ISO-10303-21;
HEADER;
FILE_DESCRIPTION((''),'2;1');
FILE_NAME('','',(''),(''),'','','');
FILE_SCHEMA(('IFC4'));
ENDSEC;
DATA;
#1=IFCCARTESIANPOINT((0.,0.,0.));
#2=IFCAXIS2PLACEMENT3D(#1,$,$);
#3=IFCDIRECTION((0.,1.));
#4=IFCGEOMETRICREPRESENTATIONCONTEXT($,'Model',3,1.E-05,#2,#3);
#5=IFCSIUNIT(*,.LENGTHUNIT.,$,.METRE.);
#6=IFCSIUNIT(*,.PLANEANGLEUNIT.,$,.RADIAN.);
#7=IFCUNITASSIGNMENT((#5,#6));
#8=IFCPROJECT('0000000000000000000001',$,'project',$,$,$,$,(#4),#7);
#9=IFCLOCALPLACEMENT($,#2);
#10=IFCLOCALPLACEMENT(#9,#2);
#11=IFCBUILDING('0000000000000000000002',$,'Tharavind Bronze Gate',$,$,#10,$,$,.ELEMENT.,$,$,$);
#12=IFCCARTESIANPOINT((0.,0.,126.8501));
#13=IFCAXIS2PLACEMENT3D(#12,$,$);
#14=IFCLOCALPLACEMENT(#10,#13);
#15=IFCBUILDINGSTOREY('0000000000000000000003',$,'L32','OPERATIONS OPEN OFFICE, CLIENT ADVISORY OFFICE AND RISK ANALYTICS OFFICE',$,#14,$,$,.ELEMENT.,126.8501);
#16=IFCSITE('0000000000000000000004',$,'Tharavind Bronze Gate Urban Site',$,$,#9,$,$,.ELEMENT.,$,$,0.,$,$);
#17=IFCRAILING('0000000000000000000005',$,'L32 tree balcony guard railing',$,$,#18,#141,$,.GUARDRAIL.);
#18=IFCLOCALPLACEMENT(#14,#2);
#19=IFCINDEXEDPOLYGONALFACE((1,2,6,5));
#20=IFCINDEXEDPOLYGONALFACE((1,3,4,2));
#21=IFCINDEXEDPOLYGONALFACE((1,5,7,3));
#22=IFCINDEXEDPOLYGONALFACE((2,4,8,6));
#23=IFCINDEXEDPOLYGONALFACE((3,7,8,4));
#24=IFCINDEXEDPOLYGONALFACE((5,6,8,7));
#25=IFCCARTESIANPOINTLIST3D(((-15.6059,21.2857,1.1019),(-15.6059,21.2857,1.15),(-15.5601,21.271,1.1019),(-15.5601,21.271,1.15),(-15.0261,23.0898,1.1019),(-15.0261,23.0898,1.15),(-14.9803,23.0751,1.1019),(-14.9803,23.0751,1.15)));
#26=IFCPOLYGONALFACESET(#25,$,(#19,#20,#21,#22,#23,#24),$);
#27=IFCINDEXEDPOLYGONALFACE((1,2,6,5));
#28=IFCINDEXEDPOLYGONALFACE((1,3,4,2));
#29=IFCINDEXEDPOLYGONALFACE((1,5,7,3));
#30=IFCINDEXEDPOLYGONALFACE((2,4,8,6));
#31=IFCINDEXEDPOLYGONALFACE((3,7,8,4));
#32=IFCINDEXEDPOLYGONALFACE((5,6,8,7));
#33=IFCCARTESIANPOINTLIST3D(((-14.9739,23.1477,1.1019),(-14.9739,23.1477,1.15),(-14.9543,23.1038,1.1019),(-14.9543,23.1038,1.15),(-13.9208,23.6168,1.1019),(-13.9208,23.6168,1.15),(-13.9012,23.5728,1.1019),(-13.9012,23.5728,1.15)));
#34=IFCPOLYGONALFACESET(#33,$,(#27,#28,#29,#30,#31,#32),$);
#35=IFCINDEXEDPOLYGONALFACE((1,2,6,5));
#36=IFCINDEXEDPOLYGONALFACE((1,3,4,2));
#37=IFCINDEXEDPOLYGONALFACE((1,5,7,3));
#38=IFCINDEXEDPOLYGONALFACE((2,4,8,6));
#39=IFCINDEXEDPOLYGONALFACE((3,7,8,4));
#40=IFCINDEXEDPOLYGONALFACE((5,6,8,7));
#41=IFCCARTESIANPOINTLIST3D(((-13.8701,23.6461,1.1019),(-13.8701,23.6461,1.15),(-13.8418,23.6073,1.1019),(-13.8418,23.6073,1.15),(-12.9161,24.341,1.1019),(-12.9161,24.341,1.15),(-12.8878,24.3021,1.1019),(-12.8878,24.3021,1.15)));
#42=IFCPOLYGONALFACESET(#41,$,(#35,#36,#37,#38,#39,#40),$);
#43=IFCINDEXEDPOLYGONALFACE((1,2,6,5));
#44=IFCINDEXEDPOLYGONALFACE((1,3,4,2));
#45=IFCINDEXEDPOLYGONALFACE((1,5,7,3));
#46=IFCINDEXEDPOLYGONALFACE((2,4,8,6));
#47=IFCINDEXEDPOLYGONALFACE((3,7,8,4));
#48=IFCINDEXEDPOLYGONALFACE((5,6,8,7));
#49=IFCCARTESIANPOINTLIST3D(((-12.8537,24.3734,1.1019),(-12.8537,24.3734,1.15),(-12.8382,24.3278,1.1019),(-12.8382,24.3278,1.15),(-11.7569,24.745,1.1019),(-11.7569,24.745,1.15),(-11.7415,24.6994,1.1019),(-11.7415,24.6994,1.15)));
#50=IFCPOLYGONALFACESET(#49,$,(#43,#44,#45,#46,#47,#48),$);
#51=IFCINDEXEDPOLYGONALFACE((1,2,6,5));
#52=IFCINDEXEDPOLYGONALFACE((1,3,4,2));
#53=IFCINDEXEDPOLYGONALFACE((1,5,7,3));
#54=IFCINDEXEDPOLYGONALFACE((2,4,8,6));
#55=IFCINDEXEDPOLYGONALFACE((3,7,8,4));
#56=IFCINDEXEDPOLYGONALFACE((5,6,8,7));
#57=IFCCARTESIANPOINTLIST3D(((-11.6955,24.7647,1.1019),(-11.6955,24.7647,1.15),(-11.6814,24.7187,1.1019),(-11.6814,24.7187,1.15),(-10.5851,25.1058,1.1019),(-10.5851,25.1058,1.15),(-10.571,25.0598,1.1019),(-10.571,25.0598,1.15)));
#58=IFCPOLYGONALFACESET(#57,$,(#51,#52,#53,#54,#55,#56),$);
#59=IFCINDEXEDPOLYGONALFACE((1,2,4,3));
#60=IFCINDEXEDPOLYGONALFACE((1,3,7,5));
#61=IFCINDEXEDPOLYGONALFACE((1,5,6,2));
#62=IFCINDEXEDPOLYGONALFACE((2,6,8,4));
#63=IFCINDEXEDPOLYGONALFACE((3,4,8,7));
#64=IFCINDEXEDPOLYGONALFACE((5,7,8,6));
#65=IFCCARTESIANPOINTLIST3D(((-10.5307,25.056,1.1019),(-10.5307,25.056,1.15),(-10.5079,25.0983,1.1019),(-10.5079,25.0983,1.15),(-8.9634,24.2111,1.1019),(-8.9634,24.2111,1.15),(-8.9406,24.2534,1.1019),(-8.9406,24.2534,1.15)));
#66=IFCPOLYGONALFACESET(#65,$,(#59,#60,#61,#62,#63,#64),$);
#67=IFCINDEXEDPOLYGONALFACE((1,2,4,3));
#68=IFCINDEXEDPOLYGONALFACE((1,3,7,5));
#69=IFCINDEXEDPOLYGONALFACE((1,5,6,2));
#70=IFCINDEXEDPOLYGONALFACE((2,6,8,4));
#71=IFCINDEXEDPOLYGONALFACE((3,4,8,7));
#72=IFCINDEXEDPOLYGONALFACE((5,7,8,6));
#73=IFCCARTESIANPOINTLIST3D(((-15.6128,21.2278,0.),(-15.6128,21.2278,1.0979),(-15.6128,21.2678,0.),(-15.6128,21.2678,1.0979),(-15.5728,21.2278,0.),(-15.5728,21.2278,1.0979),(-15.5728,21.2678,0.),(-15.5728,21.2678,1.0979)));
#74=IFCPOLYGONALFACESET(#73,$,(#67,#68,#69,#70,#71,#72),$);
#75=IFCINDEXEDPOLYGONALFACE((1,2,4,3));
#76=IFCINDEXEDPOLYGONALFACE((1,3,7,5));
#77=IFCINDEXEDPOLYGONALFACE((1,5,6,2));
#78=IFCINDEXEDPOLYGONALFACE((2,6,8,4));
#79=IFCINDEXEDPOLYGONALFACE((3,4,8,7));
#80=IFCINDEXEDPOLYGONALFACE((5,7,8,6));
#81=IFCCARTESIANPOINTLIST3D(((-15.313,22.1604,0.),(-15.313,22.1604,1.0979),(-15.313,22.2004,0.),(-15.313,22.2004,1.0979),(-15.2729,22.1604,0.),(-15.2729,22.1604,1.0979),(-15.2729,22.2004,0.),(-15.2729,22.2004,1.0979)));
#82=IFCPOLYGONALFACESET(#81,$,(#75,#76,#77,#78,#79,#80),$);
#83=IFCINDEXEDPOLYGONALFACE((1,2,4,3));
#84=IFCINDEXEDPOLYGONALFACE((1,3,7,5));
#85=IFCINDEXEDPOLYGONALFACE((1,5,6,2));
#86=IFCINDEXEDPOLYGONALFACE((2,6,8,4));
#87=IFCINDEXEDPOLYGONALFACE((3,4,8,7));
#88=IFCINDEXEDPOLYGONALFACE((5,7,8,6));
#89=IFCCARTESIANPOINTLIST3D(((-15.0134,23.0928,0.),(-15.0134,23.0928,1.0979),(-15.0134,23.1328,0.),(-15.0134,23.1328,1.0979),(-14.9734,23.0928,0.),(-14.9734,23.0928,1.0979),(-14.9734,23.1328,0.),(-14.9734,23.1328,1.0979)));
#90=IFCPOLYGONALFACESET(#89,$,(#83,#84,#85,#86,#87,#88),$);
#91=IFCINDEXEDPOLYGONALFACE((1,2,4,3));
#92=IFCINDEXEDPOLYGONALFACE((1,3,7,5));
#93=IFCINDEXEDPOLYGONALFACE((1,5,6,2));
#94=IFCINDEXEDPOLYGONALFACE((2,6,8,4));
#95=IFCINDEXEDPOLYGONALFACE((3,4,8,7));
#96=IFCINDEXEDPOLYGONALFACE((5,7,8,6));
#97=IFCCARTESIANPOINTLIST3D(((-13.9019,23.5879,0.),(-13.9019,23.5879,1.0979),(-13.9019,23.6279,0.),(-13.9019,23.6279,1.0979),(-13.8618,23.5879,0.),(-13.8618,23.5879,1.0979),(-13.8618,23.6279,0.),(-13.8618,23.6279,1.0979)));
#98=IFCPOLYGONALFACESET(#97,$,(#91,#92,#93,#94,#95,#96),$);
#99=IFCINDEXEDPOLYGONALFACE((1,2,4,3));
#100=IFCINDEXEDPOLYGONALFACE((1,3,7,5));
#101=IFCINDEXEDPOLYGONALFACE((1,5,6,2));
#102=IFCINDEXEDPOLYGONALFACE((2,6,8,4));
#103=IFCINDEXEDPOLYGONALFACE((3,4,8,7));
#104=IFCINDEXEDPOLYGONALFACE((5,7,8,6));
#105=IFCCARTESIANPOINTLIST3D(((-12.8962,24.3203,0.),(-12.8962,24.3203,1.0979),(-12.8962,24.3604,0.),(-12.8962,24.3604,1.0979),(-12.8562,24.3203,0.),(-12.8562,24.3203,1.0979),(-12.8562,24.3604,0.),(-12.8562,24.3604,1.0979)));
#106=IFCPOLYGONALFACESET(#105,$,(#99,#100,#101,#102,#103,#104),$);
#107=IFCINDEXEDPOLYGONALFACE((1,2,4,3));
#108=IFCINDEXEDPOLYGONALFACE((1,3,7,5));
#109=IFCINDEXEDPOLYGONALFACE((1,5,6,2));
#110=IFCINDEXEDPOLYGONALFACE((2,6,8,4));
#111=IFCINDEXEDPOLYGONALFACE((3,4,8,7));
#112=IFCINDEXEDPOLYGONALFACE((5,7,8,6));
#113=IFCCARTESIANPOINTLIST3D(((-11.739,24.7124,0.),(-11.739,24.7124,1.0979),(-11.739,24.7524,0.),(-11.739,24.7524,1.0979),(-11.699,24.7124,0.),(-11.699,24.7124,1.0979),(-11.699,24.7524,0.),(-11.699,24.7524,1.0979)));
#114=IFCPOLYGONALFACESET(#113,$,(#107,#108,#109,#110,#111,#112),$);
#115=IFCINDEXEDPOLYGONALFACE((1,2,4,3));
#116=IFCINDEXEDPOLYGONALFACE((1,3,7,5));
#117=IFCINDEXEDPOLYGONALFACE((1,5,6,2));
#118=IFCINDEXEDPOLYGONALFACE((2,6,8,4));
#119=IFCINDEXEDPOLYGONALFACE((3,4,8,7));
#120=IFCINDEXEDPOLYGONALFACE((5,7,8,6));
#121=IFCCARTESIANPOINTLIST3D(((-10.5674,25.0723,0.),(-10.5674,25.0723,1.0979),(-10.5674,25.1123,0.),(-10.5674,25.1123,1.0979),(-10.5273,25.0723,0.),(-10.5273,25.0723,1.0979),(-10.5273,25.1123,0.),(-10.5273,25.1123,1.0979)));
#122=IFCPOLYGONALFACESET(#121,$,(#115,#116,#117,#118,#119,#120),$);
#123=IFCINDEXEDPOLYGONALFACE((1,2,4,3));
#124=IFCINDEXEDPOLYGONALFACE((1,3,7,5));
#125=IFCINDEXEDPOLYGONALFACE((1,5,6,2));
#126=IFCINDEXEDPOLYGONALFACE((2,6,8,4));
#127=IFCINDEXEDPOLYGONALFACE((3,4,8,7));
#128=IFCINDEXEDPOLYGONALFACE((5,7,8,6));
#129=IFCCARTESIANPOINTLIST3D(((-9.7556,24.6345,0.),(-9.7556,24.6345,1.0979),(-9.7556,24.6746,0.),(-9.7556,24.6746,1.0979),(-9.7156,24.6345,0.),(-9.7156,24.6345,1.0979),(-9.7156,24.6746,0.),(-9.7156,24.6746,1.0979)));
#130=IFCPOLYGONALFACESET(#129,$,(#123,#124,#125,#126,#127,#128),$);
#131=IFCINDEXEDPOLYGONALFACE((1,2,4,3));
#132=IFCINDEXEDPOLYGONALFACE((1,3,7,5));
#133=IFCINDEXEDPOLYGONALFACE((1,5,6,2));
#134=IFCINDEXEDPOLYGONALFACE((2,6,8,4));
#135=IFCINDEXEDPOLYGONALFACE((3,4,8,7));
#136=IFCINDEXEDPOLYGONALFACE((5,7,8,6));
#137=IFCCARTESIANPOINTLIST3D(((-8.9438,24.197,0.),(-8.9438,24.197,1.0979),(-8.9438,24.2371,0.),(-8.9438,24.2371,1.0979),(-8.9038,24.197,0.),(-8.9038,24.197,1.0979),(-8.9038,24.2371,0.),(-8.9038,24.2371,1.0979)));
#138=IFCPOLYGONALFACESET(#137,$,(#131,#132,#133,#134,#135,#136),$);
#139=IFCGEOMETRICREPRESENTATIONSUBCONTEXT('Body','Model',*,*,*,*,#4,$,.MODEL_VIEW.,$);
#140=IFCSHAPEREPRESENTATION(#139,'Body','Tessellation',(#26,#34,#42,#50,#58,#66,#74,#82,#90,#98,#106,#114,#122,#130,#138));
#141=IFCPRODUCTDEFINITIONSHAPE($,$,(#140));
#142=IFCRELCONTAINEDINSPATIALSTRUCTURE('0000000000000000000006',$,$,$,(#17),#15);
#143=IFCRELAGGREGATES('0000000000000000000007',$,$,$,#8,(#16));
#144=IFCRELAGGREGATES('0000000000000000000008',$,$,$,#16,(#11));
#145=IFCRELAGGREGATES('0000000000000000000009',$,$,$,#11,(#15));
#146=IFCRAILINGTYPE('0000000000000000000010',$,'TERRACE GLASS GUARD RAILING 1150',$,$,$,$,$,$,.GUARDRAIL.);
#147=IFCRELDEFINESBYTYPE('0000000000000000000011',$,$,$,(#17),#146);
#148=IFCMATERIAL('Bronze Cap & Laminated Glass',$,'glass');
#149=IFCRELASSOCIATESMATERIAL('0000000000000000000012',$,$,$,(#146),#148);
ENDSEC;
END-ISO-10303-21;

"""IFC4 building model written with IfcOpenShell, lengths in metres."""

from ifc_helpers import new_model, si_unit, direction, frame, origin, origin_2d, place, context, subcontext, project, spatial, rectangle, extrude, material, type_object, element, save


model = new_model("IFC4")

# Units and contexts
model_context = context("Model", 3, precision=1e-05, world=origin(), true_north=direction((0.0, 1.0)))
body_context = subcontext(model_context, "Body", "Model", "MODEL_VIEW")
ifc_project = project(units=[si_unit("LENGTHUNIT", "METRE"), si_unit("PLANEANGLEUNIT", "RADIAN")], contexts=[model_context])

# Site, building, storey
site_placement = place(None, origin())
site = spatial("IfcSite", under=ifc_project, at=site_placement, Name="Tharavind Bronze Gate Urban Site", CompositionType="ELEMENT", RefElevation=0.0)
building_placement = place(site_placement, origin())
building = spatial("IfcBuilding", under=site, at=building_placement, Name="Tharavind Bronze Gate", CompositionType="ELEMENT")
storey_placement = place(building_placement, frame((0.0, 0.0, 126.8501)))
storey = spatial("IfcBuildingStorey", under=building, at=storey_placement, Name="L32", Description="OPERATIONS OPEN OFFICE, CLIENT ADVISORY OFFICE AND RISK ANALYTICS OFFICE", CompositionType="ELEMENT", Elevation=126.8501)

# Railing
ifc_material_1 = material(Name="Bronze Cap & Laminated Glass", Category="glass")
railing_type = type_object("IfcRailingType", Name="TERRACE GLASS GUARD RAILING 1150", PredefinedType="GUARDRAIL", material=ifc_material_1)
railing_placement = place(storey_placement, frame((-15.5928, 21.2478, 0.0)))
element("IfcRailing", 1, at=railing_placement, inside=storey, type_object=railing_type, Name="L32 tree balcony guard railing", PredefinedType="GUARDRAIL", context=body_context, shape_type="SweptSolid", body=[
    extrude(rectangle(XDim=0.0481, YDim=0.0481, at=origin_2d()), frame((0.0098, 0.0305, 1.126), z_axis=(0.305965, 0.952043, 0.0), x_axis=(-0.952043, 0.305965, 0.0)), (0.0, 0.0, 1.0), 1.895),
    extrude(rectangle(XDim=0.0481, YDim=0.0481, at=origin_2d()), frame((0.6287, 1.8779, 1.126), z_axis=(0.91348, 0.406883, 0.0), x_axis=(-0.406883, 0.91348, 0.0)), (0.0, 0.0, 1.0), 1.1528),
    extrude(rectangle(XDim=0.0481, YDim=0.0481, at=origin_2d()), frame((1.7368, 2.3789, 1.126), z_axis=(0.808329, 0.588732, 0.0), x_axis=(-0.588732, 0.808329, 0.0)), (0.0, 0.0, 1.0), 1.1802),
    extrude(rectangle(XDim=0.0481, YDim=0.0481, at=origin_2d()), frame((2.7468, 3.1028, 1.126), z_axis=(0.947113, 0.3209, 0.0), x_axis=(-0.3209, 0.947113, 0.0)), (0.0, 0.0, 1.0), 1.158),
    extrude(rectangle(XDim=0.0481, YDim=0.0481, at=origin_2d()), frame((3.9043, 3.4939, 1.126), z_axis=(0.955925, 0.29361, 0.0), x_axis=(-0.29361, 0.955925, 0.0)), (0.0, 0.0, 1.0), 1.1616),
    extrude(rectangle(XDim=0.0481, YDim=0.0481, at=origin_2d()), frame((5.0735, 3.8293, 1.126), z_axis=(0.880237, -0.474534, 0.0), x_axis=(0.474534, 0.880237, 0.0)), (0.0, 0.0, 1.0), 1.7805),
    extrude(rectangle(XDim=0.04, YDim=0.04, at=origin_2d()), origin(), (0.0, 0.0, 1.0), 1.0979),
    extrude(rectangle(XDim=0.04, YDim=0.04, at=origin_2d()), frame((0.2998, 0.9326, 0.0)), (0.0, 0.0, 1.0), 1.0979),
    extrude(rectangle(XDim=0.04, YDim=0.04, at=origin_2d()), frame((0.5994, 1.865, 0.0)), (0.0, 0.0, 1.0), 1.0979),
    extrude(rectangle(XDim=0.04, YDim=0.04, at=origin_2d()), frame((1.7109, 2.3601, 0.0)), (0.0, 0.0, 1.0), 1.0979),
    extrude(rectangle(XDim=0.04, YDim=0.04, at=origin_2d()), frame((2.7166, 3.0925, 0.0)), (0.0, 0.0, 1.0), 1.0979),
    extrude(rectangle(XDim=0.04, YDim=0.04, at=origin_2d()), frame((3.8738, 3.4846, 0.0)), (0.0, 0.0, 1.0), 1.0979),
    extrude(rectangle(XDim=0.04, YDim=0.04, at=origin_2d()), frame((5.0454, 3.8445, 0.0)), (0.0, 0.0, 1.0), 1.0979),
    extrude(rectangle(XDim=0.04, YDim=0.04, at=origin_2d()), frame((5.8572, 3.4067, 0.0)), (0.0, 0.0, 1.0), 1.0979),
    extrude(rectangle(XDim=0.04, YDim=0.04, at=origin_2d()), frame((6.6689, 2.9692, 0.0)), (0.0, 0.0, 1.0), 1.0979),
])

save(model, "model.ifc")
